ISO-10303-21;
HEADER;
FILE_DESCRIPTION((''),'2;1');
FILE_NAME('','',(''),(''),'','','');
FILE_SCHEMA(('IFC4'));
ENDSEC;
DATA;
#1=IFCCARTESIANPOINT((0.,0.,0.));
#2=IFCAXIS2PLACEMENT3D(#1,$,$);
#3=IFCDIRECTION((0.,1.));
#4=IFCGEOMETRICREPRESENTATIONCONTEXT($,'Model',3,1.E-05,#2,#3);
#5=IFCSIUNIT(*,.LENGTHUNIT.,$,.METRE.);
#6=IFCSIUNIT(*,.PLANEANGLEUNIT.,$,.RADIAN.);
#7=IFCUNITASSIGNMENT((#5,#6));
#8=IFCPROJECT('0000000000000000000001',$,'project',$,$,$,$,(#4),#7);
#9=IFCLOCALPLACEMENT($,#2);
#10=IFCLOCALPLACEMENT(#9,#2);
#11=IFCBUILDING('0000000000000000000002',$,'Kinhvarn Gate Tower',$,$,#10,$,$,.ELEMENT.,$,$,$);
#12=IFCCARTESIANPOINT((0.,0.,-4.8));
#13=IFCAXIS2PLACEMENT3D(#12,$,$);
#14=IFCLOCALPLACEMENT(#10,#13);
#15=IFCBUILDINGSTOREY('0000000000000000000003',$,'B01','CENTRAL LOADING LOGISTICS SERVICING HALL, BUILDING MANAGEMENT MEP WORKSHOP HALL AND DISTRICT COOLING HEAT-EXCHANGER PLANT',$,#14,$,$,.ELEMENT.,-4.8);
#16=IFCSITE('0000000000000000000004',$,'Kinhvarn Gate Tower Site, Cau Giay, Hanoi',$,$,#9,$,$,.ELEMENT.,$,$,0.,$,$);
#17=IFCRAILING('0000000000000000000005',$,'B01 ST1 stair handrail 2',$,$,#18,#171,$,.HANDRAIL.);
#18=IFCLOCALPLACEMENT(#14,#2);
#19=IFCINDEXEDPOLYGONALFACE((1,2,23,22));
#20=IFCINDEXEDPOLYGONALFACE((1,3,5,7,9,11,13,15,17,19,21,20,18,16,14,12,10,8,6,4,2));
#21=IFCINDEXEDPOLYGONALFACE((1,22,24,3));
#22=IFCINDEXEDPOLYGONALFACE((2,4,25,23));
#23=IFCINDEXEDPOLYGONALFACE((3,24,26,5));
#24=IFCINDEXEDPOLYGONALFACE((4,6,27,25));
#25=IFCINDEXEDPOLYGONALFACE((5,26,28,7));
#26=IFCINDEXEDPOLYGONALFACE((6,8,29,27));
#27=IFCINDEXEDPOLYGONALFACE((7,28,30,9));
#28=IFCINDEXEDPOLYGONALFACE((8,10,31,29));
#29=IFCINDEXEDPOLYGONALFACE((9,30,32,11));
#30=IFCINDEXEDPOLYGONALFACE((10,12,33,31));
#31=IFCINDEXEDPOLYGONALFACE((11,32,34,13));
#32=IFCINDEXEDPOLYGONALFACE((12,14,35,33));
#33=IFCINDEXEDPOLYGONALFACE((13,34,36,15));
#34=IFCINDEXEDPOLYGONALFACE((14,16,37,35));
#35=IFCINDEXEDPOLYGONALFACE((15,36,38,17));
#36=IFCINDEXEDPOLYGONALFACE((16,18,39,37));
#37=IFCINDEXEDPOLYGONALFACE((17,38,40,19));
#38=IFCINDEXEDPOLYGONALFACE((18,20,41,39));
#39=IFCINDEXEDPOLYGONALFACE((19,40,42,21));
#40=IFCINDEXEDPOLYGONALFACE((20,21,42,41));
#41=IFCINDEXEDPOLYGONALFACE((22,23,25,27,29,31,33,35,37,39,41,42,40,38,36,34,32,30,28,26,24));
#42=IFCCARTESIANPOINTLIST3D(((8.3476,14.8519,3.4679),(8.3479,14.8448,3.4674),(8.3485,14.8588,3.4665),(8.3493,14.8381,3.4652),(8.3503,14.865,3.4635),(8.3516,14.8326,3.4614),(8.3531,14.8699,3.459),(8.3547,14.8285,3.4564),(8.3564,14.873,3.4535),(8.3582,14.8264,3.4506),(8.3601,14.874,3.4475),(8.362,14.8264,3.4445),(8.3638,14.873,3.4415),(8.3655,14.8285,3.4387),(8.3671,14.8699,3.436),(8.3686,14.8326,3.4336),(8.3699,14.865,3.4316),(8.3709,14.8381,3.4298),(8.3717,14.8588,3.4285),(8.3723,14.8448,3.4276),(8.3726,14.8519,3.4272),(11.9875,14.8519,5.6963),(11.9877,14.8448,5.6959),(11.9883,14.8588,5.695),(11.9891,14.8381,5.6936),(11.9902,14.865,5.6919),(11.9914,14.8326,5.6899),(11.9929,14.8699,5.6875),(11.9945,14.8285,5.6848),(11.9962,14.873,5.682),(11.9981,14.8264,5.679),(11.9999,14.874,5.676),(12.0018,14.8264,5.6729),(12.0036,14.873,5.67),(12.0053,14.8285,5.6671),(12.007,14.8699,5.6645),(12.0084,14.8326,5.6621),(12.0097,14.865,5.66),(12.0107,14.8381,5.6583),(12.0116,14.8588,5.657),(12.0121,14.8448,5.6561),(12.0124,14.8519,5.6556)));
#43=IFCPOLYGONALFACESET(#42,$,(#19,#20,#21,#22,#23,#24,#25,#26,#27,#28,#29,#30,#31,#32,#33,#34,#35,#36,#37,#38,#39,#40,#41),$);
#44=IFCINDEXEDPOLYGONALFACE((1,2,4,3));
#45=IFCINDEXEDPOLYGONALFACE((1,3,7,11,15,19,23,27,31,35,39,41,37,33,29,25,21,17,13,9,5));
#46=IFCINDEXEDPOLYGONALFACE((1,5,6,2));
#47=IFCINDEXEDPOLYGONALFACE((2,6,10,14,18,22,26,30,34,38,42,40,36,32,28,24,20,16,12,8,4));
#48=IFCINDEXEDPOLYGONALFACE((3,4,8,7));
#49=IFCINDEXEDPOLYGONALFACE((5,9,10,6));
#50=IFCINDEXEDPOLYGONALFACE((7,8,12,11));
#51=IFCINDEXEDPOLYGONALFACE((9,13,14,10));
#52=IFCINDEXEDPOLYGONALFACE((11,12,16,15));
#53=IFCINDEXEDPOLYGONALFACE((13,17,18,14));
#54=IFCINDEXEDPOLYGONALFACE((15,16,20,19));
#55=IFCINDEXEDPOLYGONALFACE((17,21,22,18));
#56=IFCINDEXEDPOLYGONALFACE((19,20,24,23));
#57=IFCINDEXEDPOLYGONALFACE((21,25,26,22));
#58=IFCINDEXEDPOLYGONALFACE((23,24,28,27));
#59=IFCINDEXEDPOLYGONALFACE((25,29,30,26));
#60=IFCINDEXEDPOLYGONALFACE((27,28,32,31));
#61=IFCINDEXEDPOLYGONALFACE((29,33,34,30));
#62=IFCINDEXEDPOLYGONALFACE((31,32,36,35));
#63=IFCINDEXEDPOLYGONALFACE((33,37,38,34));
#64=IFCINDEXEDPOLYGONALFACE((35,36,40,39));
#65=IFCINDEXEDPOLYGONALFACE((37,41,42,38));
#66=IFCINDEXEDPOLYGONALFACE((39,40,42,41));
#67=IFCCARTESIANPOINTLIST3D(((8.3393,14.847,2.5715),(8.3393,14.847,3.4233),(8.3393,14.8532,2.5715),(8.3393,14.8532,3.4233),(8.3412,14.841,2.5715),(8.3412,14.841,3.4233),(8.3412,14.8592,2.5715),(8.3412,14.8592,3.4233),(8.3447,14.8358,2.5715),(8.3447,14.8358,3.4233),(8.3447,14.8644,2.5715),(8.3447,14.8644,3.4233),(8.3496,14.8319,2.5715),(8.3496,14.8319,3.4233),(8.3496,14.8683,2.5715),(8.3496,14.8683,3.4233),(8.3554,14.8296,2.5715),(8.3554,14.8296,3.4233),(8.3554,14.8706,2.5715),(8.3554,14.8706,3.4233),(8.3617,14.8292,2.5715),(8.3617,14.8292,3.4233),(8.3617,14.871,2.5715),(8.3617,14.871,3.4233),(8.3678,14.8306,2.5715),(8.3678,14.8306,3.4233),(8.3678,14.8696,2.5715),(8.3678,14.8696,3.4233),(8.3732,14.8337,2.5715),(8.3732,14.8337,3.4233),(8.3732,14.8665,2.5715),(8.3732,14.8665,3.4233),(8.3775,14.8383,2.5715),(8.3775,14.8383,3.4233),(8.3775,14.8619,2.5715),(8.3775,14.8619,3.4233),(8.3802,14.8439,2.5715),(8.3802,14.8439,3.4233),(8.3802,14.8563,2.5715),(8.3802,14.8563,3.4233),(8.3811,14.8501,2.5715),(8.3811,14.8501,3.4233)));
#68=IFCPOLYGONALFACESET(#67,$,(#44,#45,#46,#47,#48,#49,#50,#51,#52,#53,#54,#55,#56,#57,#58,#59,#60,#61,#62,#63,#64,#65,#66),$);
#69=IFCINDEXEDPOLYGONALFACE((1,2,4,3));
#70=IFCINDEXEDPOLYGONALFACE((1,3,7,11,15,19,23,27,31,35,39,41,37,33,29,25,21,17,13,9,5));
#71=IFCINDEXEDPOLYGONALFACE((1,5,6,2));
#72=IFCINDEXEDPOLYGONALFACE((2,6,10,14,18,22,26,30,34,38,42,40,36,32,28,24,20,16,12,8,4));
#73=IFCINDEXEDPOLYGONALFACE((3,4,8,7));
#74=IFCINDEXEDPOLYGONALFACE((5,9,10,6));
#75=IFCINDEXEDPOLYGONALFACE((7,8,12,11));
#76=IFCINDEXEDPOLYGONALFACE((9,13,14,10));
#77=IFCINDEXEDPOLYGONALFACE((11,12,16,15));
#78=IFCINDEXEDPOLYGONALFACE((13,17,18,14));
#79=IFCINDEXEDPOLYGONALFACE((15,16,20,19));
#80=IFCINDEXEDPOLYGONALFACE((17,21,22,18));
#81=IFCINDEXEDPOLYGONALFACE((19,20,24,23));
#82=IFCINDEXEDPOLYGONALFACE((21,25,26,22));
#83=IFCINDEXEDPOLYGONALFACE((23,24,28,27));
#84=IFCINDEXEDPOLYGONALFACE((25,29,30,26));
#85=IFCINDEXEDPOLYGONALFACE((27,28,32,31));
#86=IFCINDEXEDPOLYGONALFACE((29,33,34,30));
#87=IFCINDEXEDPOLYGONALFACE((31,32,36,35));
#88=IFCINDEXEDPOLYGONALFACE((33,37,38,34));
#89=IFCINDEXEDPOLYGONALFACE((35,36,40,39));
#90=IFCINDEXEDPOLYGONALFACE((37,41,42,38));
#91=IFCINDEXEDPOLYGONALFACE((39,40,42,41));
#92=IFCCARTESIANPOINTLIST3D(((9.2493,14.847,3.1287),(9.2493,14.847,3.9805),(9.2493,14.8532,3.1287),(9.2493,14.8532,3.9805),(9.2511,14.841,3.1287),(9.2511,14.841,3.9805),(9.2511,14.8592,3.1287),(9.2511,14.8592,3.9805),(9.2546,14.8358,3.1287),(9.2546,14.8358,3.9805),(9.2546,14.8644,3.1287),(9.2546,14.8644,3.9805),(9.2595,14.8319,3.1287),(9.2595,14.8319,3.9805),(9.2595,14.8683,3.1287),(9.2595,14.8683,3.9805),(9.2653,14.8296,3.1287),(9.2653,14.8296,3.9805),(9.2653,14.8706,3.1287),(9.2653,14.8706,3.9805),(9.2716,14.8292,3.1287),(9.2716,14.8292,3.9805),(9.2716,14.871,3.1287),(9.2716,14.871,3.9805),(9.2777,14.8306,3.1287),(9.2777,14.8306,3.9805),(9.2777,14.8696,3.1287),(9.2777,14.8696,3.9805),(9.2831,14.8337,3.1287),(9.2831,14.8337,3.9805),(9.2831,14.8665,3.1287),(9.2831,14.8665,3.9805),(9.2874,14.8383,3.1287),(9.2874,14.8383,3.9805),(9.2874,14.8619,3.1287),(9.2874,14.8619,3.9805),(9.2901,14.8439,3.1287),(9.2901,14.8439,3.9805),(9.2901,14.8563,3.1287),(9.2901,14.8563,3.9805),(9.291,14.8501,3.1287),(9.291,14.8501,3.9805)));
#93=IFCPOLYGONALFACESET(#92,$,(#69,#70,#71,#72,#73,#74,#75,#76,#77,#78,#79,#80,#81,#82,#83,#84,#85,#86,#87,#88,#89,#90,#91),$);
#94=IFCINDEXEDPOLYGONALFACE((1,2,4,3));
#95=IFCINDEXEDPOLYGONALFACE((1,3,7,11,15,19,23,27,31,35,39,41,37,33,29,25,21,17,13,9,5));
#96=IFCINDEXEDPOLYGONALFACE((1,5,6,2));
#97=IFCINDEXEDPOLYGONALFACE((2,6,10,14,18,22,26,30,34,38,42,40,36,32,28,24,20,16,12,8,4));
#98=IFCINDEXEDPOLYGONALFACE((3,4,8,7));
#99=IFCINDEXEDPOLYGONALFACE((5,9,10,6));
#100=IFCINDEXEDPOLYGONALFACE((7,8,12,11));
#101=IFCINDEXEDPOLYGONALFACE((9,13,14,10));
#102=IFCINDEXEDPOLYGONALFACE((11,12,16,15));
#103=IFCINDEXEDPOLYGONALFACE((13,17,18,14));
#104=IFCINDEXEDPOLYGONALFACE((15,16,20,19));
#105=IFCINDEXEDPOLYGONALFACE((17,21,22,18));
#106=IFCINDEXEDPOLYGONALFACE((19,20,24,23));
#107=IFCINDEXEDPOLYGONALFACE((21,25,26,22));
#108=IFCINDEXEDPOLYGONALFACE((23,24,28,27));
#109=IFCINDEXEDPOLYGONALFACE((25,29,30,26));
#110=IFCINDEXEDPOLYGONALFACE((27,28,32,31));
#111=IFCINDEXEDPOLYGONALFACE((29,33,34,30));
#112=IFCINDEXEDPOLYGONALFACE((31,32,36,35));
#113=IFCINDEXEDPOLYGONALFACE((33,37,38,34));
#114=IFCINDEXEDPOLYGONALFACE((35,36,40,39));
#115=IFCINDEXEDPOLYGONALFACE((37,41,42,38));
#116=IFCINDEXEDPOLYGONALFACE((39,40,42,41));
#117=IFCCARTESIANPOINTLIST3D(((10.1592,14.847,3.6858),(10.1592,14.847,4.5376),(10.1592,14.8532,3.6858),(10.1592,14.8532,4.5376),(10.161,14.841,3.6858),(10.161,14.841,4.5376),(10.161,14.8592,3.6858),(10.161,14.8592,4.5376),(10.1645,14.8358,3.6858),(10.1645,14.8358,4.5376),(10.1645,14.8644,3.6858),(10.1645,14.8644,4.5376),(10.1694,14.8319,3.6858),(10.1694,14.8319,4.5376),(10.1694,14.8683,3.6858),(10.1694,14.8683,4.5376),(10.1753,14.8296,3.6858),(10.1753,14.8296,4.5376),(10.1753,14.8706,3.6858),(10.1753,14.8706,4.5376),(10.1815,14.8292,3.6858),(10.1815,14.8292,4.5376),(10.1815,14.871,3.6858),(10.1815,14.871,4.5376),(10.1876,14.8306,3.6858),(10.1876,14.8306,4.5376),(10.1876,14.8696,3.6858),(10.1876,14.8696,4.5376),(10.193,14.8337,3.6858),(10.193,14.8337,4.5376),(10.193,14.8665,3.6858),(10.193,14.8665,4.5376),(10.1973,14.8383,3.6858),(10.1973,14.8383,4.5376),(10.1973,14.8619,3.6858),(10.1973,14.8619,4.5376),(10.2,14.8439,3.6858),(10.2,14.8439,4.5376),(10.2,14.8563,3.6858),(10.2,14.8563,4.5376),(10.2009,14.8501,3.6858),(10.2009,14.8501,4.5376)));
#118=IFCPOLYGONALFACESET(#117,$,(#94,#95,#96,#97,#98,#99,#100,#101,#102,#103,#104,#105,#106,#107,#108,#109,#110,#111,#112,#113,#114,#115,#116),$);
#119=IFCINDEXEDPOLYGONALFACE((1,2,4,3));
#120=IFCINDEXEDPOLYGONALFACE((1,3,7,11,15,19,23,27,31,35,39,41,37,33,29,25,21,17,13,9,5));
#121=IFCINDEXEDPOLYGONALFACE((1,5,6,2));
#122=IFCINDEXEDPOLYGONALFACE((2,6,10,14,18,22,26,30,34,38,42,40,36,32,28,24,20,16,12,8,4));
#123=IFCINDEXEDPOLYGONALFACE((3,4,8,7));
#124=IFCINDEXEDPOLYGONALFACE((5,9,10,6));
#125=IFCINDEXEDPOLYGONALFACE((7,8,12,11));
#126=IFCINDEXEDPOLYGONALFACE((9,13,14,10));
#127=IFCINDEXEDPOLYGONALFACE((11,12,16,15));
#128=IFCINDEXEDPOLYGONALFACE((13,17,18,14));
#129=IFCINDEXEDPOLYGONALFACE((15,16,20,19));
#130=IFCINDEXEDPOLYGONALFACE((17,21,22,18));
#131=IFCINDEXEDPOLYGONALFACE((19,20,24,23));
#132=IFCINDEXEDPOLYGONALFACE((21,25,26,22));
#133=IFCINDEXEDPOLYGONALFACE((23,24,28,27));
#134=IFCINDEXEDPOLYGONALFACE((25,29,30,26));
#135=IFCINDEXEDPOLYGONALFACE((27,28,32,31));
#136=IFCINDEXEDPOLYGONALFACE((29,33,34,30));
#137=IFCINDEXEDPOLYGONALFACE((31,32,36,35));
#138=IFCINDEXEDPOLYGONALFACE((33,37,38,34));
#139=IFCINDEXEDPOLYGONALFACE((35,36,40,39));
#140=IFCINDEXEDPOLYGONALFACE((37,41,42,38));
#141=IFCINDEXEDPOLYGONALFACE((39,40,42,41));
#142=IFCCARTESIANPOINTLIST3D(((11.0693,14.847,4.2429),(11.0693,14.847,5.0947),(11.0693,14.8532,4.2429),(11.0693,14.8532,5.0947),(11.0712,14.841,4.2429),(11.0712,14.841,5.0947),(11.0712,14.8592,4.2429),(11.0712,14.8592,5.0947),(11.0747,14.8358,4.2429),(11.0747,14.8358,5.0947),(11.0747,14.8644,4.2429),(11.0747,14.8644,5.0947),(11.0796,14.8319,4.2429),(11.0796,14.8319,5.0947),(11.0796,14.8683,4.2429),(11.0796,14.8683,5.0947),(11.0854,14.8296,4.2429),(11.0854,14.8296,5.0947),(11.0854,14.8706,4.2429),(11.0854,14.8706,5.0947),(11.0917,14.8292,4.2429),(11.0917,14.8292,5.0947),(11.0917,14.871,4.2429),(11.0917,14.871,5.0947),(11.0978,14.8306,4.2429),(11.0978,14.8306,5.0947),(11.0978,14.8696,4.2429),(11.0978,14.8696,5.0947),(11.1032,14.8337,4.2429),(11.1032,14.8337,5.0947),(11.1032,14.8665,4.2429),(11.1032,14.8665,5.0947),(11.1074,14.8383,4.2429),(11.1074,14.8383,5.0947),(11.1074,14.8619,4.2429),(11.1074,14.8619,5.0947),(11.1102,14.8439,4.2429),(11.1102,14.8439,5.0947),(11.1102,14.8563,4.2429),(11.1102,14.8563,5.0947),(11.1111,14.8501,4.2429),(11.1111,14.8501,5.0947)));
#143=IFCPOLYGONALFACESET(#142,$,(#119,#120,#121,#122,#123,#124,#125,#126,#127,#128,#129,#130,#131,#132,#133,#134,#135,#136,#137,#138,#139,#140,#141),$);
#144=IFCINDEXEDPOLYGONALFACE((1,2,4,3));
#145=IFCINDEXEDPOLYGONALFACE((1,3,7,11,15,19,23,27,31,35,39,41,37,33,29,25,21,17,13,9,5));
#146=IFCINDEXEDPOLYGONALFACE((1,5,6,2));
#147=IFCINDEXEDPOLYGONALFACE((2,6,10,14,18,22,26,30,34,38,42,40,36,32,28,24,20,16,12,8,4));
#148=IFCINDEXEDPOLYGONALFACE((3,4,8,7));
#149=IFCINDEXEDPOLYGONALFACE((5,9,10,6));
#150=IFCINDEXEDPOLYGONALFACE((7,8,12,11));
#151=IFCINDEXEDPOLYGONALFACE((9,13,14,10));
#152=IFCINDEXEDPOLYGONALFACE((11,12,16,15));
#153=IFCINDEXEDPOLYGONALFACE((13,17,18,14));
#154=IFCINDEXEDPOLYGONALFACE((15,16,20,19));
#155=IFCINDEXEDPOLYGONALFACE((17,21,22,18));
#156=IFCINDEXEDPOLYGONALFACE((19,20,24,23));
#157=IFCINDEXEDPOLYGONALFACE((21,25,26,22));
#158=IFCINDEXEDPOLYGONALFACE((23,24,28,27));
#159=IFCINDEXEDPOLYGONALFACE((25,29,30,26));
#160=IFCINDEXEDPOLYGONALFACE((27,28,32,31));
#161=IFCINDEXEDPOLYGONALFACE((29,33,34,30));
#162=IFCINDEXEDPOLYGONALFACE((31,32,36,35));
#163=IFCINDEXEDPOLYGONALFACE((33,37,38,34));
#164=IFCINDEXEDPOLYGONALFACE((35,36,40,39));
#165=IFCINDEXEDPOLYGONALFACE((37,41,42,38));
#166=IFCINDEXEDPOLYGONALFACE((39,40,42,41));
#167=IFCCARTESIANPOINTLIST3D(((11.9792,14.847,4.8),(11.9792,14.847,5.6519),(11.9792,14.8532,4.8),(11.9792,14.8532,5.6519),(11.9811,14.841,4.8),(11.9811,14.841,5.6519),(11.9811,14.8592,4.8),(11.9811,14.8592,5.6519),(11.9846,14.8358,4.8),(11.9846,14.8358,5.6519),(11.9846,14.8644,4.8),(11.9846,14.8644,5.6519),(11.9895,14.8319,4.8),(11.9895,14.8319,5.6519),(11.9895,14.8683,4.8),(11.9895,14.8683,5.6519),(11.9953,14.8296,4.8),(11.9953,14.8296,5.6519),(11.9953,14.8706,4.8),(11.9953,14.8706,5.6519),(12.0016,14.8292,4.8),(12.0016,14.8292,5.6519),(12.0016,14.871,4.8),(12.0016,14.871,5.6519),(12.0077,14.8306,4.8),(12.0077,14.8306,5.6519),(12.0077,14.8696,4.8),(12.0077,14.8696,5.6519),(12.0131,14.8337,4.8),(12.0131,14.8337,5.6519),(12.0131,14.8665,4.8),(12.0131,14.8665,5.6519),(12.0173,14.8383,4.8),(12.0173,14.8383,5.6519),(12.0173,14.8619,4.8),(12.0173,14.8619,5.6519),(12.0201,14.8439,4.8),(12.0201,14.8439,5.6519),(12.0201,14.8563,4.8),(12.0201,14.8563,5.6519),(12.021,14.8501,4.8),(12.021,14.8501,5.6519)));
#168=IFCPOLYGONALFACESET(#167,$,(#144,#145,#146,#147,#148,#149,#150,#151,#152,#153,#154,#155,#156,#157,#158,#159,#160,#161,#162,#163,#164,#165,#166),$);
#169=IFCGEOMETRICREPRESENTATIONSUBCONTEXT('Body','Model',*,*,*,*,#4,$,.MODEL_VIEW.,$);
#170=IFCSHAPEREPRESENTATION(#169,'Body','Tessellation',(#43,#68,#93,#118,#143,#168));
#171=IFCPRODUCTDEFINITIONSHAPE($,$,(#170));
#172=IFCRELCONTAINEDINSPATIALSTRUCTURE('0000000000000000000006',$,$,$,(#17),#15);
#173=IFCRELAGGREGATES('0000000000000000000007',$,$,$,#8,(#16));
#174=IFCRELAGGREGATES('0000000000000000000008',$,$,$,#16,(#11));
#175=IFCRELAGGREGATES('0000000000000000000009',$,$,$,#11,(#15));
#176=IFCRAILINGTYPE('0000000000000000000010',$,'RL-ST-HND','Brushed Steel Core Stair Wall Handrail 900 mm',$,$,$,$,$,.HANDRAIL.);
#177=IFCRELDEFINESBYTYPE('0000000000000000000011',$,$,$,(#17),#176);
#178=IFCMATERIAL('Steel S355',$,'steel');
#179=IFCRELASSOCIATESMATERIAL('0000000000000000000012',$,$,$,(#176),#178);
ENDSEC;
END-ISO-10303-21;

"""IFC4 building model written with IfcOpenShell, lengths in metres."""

from ifc_helpers import new_model, si_unit, direction, frame, origin, origin_2d, place, context, subcontext, project, spatial, circle, extrude, material, type_object, element, save


model = new_model("IFC4")

# Units and contexts
model_context = context("Model", 3, precision=1e-05, world=origin(), true_north=direction((0.0, 1.0)))
body_context = subcontext(model_context, "Body", "Model", "MODEL_VIEW")
ifc_project = project(units=[si_unit("LENGTHUNIT", "METRE"), si_unit("PLANEANGLEUNIT", "RADIAN")], contexts=[model_context])

# Site, building, storey
site_placement = place(None, origin())
site = spatial("IfcSite", under=ifc_project, at=site_placement, Name="Kinhvarn Gate Tower Site, Cau Giay, Hanoi", CompositionType="ELEMENT", RefElevation=0.0)
building_placement = place(site_placement, origin())
building = spatial("IfcBuilding", under=site, at=building_placement, Name="Kinhvarn Gate Tower", CompositionType="ELEMENT")
storey_placement = place(building_placement, frame((0.0, 0.0, -4.8)))
storey = spatial("IfcBuildingStorey", under=building, at=storey_placement, Name="B01", Description="CENTRAL LOADING LOGISTICS SERVICING HALL, BUILDING MANAGEMENT MEP WORKSHOP HALL AND DISTRICT COOLING HEAT-EXCHANGER PLANT", CompositionType="ELEMENT", Elevation=-4.8)

# Shared definitions
ifc_material_1 = material(Name="Steel S355", Category="steel")

# Railing
railing_type_1 = type_object("IfcRailingType", Name="RL-ST-HND", Description="Brushed Steel Core Stair Wall Handrail 900 mm", PredefinedType="HANDRAIL", material=ifc_material_1)
railing_1_placement = place(storey_placement, frame((8.3601, 14.8501, 2.5715)))
element("IfcRailing", 1, at=railing_1_placement, inside=storey, type_object=railing_type_1, Name="B01 ST1 stair handrail 2", PredefinedType="HANDRAIL", context=body_context, shape_type="SweptSolid", body=[
    extrude(circle(Radius=0.0239, at=origin_2d()), frame((0.0, 0.0, 0.876), z_axis=(0.85285, 0.0, 0.522156), x_axis=(0.0, 1.0, 0.0)), (0.0, 0.0, 1.0), 4.2678),
    extrude(circle(Radius=0.021, at=origin_2d()), origin(), (0.0, 0.0, 1.0), 0.8518),
    extrude(circle(Radius=0.021, at=origin_2d()), frame((0.9099, 0.0, 0.5571)), (0.0, 0.0, 1.0), 0.8518),
    extrude(circle(Radius=0.021, at=origin_2d()), frame((1.8198, 0.0, 1.1143)), (0.0, 0.0, 1.0), 0.8518),
    extrude(circle(Radius=0.021, at=origin_2d()), frame((2.73, 0.0, 1.6714)), (0.0, 0.0, 1.0), 0.8518),
    extrude(circle(Radius=0.021, at=origin_2d()), frame((3.6399, 0.0, 2.2285)), (0.0, 0.0, 1.0), 0.8518),
])

save(model, "model.ifc")
